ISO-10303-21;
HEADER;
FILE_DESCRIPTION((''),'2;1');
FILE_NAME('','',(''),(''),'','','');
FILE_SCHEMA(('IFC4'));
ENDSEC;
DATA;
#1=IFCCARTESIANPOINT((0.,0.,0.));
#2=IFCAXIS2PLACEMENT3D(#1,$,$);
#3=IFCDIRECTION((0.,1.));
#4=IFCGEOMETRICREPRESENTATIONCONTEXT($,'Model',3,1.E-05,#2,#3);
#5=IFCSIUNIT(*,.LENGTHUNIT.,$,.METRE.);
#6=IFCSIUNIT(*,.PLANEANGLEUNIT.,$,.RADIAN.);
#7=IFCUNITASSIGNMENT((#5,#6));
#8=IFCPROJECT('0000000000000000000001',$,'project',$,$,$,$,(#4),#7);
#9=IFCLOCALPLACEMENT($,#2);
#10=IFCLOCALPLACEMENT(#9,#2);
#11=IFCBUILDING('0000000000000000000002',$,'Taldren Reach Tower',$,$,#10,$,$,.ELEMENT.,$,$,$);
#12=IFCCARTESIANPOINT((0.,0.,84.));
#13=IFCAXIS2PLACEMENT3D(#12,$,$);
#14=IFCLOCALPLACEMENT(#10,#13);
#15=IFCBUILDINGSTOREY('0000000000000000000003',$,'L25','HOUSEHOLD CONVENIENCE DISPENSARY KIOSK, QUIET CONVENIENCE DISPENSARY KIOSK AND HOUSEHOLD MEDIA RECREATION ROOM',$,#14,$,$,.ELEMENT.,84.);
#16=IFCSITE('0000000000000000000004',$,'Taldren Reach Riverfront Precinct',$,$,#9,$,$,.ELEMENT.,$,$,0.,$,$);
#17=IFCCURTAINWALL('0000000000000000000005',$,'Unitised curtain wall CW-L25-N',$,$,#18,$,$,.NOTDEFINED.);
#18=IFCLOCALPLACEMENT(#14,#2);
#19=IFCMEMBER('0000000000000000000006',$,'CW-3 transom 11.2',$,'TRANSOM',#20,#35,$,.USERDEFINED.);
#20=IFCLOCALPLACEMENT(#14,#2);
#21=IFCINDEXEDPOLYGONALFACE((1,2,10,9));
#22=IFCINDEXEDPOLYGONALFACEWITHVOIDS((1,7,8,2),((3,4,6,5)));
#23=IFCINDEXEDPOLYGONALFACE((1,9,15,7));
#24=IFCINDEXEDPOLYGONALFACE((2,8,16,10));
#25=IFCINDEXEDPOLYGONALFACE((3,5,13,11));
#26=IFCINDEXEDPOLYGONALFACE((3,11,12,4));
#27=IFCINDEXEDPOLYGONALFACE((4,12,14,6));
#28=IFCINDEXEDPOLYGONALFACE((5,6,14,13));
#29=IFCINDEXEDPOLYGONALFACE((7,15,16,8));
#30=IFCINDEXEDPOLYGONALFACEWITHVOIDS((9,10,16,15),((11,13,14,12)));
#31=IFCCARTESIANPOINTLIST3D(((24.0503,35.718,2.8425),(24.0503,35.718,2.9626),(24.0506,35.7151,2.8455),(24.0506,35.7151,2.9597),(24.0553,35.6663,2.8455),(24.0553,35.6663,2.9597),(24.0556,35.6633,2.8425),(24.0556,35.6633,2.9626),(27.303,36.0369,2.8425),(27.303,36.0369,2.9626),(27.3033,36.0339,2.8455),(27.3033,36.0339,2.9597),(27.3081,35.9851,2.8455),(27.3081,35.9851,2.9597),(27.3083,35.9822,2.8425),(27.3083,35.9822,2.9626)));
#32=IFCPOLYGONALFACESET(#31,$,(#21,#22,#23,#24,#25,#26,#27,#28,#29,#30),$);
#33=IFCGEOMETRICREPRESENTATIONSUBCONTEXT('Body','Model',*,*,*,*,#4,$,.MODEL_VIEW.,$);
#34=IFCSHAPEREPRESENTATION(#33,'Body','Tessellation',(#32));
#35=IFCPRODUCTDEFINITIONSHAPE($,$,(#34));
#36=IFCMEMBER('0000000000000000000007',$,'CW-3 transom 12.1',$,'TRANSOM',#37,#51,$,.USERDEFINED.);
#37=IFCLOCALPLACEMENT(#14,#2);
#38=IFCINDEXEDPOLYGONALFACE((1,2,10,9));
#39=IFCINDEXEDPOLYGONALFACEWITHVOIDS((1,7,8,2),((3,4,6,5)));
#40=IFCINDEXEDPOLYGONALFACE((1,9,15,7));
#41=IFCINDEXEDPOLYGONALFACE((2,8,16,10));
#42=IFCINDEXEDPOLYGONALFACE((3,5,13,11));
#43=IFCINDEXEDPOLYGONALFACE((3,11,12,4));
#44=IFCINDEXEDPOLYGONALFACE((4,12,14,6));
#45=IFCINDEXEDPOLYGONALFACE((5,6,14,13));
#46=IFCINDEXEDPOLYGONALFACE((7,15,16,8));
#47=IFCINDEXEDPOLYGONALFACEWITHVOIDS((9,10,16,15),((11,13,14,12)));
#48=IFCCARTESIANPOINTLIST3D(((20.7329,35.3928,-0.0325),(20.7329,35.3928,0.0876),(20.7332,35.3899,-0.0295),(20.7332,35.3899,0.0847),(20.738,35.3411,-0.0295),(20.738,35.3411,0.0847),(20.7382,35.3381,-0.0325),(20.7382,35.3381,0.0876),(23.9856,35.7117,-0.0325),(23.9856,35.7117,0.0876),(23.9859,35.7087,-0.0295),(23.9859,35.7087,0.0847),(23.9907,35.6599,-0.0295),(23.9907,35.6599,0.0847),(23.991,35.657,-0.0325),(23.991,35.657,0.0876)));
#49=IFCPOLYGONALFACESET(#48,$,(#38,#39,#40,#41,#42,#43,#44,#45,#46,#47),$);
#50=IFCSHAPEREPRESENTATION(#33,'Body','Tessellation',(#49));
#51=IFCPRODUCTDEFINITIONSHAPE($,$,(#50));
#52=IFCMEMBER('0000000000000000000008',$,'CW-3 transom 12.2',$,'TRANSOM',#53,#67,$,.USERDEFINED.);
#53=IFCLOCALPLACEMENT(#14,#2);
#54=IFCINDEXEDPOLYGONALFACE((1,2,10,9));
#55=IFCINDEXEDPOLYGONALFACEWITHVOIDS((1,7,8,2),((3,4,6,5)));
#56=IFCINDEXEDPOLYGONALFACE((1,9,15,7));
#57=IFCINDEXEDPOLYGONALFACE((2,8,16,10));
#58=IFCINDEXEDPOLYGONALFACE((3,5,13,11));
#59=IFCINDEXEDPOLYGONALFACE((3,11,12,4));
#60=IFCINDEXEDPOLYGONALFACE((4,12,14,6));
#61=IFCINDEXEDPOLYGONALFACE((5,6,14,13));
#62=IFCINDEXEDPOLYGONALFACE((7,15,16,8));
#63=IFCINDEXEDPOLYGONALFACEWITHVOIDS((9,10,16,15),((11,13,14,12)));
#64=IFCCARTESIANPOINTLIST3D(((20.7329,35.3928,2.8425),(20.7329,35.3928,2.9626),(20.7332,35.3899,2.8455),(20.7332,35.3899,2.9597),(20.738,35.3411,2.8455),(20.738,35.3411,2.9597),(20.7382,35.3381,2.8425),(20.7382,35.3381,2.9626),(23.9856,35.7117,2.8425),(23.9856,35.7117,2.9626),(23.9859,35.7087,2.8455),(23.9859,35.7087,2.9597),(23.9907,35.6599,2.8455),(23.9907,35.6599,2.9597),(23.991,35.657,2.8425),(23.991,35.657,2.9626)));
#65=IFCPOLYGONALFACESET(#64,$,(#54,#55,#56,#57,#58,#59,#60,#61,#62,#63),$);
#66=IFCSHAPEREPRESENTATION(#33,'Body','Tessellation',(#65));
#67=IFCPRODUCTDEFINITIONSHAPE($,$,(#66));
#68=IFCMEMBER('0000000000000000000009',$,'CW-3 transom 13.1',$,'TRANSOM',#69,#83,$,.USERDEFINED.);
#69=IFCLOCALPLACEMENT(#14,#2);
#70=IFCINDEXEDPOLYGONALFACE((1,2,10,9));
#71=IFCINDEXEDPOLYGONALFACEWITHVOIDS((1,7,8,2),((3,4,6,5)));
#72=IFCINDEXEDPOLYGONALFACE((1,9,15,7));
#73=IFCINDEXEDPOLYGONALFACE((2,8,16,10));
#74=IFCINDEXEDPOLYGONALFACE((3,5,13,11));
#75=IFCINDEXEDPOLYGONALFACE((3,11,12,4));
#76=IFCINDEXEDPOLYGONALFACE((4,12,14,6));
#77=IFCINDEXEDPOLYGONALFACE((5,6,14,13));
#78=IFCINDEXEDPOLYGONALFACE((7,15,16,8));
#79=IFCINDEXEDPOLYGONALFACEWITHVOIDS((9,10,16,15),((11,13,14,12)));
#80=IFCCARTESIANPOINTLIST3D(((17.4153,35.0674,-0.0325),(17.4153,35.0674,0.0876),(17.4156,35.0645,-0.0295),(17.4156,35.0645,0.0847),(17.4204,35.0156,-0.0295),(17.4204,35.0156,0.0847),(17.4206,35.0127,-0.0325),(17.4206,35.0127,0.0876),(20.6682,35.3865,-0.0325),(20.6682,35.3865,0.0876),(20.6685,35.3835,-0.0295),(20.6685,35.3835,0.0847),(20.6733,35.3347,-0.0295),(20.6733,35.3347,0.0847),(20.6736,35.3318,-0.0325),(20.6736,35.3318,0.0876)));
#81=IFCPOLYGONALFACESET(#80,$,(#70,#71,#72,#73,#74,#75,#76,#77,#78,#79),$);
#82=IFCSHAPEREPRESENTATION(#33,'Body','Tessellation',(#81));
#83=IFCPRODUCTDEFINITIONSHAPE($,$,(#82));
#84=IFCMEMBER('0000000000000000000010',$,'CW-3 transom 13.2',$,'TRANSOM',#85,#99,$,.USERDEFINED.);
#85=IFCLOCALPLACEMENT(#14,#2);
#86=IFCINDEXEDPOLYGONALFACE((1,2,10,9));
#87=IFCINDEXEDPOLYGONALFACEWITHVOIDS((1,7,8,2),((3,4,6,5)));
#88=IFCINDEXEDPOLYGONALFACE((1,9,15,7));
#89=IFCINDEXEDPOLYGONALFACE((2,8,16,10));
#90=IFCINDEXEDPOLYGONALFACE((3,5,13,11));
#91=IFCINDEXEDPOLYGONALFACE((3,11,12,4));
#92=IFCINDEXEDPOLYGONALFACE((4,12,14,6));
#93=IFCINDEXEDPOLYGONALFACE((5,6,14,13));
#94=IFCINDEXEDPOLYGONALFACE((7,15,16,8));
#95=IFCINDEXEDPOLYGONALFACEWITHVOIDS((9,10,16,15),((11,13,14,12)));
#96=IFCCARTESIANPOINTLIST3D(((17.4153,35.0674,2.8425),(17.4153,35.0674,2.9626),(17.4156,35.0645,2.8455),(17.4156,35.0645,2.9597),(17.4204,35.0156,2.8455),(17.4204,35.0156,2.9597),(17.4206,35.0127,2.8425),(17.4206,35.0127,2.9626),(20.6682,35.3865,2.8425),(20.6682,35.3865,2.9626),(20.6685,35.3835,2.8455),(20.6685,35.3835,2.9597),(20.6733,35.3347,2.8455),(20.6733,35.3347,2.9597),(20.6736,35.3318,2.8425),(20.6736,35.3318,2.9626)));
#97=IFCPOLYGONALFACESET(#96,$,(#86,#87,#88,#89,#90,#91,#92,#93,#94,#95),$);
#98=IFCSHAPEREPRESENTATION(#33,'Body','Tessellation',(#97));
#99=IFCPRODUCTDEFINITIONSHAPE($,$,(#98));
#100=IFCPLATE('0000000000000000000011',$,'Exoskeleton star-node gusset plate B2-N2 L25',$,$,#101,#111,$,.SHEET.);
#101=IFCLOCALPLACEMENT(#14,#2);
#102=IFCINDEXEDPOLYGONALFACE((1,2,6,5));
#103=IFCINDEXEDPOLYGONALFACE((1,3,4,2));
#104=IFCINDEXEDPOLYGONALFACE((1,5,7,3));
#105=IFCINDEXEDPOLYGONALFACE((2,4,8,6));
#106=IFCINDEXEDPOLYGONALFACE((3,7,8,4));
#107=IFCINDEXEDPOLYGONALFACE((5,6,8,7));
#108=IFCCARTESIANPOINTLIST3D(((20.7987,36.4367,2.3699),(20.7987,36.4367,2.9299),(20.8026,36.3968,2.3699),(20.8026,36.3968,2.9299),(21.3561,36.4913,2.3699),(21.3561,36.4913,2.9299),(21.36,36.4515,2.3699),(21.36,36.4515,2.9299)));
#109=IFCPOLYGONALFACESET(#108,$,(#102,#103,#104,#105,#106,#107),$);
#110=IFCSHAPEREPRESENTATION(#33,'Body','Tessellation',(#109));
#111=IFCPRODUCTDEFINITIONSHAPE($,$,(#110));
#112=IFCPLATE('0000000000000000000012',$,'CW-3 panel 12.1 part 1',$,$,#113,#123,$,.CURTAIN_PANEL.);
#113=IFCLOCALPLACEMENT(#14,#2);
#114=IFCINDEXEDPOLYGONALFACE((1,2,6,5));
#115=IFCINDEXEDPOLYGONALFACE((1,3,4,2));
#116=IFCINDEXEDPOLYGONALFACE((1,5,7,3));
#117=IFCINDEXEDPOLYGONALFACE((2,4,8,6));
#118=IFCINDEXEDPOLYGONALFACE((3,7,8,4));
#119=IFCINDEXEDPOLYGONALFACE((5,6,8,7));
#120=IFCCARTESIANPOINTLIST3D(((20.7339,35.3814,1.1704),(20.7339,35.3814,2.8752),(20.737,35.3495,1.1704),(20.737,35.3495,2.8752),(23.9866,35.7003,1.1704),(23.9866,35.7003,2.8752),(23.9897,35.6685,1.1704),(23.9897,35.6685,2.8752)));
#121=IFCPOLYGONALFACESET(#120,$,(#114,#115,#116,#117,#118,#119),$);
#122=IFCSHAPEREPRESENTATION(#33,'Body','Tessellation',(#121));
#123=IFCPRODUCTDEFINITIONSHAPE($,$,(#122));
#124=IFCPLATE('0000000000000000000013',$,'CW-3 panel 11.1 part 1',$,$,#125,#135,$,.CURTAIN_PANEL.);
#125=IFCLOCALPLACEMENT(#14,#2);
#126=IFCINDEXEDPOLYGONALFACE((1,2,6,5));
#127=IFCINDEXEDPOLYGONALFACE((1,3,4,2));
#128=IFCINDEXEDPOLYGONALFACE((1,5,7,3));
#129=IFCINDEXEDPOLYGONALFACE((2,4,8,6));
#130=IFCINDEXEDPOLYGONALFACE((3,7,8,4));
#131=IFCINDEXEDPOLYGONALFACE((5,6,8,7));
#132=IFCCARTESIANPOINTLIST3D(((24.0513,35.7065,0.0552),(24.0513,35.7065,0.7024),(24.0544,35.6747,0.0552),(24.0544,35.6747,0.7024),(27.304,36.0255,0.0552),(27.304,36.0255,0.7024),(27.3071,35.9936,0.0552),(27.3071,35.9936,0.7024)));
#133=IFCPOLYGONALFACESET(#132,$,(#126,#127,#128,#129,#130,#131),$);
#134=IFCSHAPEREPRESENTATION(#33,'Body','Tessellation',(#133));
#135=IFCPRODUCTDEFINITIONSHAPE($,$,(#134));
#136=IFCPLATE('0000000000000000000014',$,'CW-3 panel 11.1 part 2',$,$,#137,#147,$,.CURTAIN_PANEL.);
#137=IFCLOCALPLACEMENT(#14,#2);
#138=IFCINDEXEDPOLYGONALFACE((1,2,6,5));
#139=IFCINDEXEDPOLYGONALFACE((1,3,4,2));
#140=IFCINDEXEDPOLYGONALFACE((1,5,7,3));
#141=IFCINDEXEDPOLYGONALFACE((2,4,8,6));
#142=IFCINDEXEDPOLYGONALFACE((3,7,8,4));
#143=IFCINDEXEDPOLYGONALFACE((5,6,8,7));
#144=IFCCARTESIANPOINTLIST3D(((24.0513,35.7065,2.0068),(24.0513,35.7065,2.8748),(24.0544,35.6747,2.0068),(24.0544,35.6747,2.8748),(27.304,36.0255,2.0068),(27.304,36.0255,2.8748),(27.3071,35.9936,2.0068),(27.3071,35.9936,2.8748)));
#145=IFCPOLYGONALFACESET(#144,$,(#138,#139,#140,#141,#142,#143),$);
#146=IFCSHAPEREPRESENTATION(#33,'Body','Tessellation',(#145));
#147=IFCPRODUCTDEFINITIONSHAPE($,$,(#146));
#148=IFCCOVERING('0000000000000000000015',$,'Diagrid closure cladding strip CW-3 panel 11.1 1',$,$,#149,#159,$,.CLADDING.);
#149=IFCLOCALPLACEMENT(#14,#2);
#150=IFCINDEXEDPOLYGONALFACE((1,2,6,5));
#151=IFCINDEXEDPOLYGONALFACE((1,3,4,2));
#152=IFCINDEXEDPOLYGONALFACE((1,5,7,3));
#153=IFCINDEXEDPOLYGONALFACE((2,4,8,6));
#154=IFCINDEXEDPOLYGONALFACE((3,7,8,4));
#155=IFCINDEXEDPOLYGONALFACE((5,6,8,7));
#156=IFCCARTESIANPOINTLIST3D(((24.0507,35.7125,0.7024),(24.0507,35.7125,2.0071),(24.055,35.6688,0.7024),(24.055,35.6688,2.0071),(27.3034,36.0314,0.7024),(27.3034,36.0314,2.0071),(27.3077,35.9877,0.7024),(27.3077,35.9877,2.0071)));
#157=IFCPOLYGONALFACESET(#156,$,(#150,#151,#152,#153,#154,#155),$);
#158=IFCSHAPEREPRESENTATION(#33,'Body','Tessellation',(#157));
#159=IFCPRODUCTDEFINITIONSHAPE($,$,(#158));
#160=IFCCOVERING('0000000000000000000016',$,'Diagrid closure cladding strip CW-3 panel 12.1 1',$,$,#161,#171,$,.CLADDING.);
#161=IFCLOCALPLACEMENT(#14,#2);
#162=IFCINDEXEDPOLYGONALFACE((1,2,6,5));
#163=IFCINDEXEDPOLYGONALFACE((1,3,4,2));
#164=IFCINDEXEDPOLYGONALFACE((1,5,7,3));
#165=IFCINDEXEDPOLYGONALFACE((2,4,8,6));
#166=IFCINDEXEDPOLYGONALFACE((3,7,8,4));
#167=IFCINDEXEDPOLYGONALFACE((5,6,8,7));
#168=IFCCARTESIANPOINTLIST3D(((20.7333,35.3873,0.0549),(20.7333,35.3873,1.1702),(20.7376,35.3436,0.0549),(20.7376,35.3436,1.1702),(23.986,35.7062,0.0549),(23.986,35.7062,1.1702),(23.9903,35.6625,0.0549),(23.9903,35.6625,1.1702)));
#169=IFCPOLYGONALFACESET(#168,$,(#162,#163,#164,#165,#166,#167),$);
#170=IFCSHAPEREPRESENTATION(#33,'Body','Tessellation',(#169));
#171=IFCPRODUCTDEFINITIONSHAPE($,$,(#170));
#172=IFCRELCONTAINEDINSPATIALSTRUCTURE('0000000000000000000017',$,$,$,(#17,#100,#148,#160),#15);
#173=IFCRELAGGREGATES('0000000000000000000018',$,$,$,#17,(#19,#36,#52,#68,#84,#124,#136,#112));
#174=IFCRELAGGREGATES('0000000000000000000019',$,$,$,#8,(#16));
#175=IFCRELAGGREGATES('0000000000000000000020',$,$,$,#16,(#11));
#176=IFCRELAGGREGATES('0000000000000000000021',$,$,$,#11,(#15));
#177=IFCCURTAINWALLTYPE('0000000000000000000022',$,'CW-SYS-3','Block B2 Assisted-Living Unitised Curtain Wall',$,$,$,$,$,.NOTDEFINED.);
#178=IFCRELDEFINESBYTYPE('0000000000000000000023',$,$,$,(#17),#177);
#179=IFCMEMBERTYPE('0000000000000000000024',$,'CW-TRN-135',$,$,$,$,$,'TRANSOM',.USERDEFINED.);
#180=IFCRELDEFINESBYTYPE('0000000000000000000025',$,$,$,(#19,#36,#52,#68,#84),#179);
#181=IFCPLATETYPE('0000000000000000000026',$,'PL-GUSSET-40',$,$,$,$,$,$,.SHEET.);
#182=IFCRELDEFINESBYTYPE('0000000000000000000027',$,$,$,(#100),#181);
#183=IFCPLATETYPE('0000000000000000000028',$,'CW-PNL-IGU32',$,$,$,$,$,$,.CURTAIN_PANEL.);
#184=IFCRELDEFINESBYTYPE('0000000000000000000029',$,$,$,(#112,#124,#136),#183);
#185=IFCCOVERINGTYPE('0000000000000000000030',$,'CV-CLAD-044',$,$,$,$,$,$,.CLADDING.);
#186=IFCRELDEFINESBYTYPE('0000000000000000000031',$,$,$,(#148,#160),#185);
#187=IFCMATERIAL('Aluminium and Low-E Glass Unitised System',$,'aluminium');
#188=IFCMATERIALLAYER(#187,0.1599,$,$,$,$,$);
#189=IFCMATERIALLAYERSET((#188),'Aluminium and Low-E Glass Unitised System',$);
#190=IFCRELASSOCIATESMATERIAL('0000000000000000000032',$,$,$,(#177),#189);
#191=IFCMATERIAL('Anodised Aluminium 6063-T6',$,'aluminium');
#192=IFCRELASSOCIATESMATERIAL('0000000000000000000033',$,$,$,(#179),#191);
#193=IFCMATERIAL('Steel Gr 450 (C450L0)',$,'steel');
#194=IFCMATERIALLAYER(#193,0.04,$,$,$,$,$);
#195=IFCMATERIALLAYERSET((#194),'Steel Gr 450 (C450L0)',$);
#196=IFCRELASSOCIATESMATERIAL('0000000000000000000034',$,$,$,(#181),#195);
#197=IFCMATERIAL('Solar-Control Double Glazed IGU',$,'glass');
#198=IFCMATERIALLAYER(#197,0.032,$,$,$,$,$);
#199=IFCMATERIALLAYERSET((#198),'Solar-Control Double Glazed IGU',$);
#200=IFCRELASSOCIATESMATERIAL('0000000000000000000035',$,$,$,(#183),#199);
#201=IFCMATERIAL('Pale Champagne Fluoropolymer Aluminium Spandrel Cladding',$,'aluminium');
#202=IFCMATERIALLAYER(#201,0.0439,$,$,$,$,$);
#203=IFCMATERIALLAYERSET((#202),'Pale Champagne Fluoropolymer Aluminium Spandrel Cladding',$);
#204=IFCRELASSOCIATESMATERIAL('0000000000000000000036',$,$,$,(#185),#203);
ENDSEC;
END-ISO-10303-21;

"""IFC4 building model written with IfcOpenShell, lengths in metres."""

from ifc_helpers import new_model, si_unit, direction, frame, origin, origin_2d, place, context, subcontext, project, spatial, rectangle, hollow_rectangle, extrude, source, transform, mapped, material, layer, layer_set, material_profile, profile_set, type_object, element, aggregate, save


model = new_model("IFC4")

# Units and contexts
model_context = context("Model", 3, precision=1e-05, world=origin(), true_north=direction((0.0, 1.0)))
body_context = subcontext(model_context, "Body", "Model", "MODEL_VIEW")
ifc_project = project(units=[si_unit("LENGTHUNIT", "METRE"), si_unit("PLANEANGLEUNIT", "RADIAN")], contexts=[model_context])

# Site, building, storey
site_placement = place(None, origin())
site = spatial("IfcSite", under=ifc_project, at=site_placement, Name="Taldren Reach Riverfront Precinct", CompositionType="ELEMENT", RefElevation=0.0)
building_placement = place(site_placement, origin())
building = spatial("IfcBuilding", under=site, at=building_placement, Name="Taldren Reach Tower", CompositionType="ELEMENT")
storey_placement = place(building_placement, frame((0.0, 0.0, 84.0)))
storey = spatial("IfcBuildingStorey", under=building, at=storey_placement, Name="L25", Description="HOUSEHOLD CONVENIENCE DISPENSARY KIOSK, QUIET CONVENIENCE DISPENSARY KIOSK AND HOUSEHOLD MEDIA RECREATION ROOM", CompositionType="ELEMENT", Elevation=84.0)

# Shared definitions
ifc_material_1 = material(Name="Steel Gr 450 (C450L0)", Category="steel")

# Curtain wall, members
ifc_material_2 = material(Name="Aluminium and Low-E Glass Unitised System", Category="aluminium")
ifc_layer_1 = layer(ifc_material_2, 0.1599)
ifc_layer_set_1 = layer_set([ifc_layer_1], Name="Aluminium and Low-E Glass Unitised System")
curtain_wall_type = type_object("IfcCurtainWallType", Name="CW-SYS-3", Description="Block B2 Assisted-Living Unitised Curtain Wall", PredefinedType="NOTDEFINED", material=ifc_layer_set_1)
curtain_wall_placement = place(storey_placement, origin())
curtain_wall = element("IfcCurtainWall", 1, at=curtain_wall_placement, inside=storey, type_object=curtain_wall_type, Name="Unitised curtain wall CW-L25-N", PredefinedType="NOTDEFINED")
ifc_material_3 = material(Name="Anodised Aluminium 6063-T6", Category="aluminium")
ifc_material_profile_1 = material_profile(ifc_material_3, hollow_rectangle(XDim=0.0549, YDim=0.1201, WallThickness=0.0029, at=origin_2d()), Name="ALU-120x55x3RHS")
ifc_profile_set_1 = profile_set([ifc_material_profile_1], Name="Anodised Aluminium 6063-T6")
member_type_1 = type_object("IfcMemberType", Name="CW-TRN-135", ElementType="TRANSOM", PredefinedType="USERDEFINED", material=ifc_profile_set_1)
shared_shape_1 = source(origin(), body_context, "Body", "SweptSolid", [
    extrude(hollow_rectangle(XDim=0.0549, YDim=0.1201, WallThickness=0.0029, at=origin_2d()), origin(), (0.0, 0.0, 1.0), 3.2683),
])
member_1_placement = place(storey_placement, frame((27.3057, 36.0095, 2.9026), z_axis=(-0.99523, -0.097558, 0.0), x_axis=(0.097558, -0.99523, 0.0)))
member_1 = element("IfcMember", 2, at=member_1_placement, type_object=member_type_1, Name="CW-3 transom 11.2", ObjectType="TRANSOM", PredefinedType="USERDEFINED", context=body_context, shape_type="MappedRepresentation", body=[
    mapped(shared_shape_1, transform((0.0, 0.0, 0.0), scale=1.0)),
])
member_2_placement = place(storey_placement, frame((23.9883, 35.6843, 0.0276), z_axis=(-0.99523, -0.097558, 0.0), x_axis=(0.097558, -0.99523, 0.0)))
member_2 = element("IfcMember", 3, at=member_2_placement, type_object=member_type_1, Name="CW-3 transom 12.1", ObjectType="TRANSOM", PredefinedType="USERDEFINED", context=body_context, shape_type="MappedRepresentation", body=[
    mapped(shared_shape_1, transform((0.0, 0.0, 0.0), scale=1.0)),
])
member_3_placement = place(storey_placement, frame((23.9883, 35.6843, 2.9026), z_axis=(-0.99523, -0.097558, 0.0), x_axis=(0.097558, -0.99523, 0.0)))
member_3 = element("IfcMember", 4, at=member_3_placement, type_object=member_type_1, Name="CW-3 transom 12.2", ObjectType="TRANSOM", PredefinedType="USERDEFINED", context=body_context, shape_type="MappedRepresentation", body=[
    mapped(shared_shape_1, transform((0.0, 0.0, 0.0), scale=1.0)),
])
shared_shape_2 = source(origin(), body_context, "Body", "SweptSolid", [
    extrude(hollow_rectangle(XDim=0.0549, YDim=0.1201, WallThickness=0.0029, at=origin_2d()), origin(), (0.0, 0.0, 1.0), 3.2686),
])
member_4_placement = place(storey_placement, frame((20.6709, 35.3591, 0.0276), z_axis=(-0.995223, -0.097625, 0.0), x_axis=(0.097625, -0.995223, 0.0)))
member_4 = element("IfcMember", 5, at=member_4_placement, type_object=member_type_1, Name="CW-3 transom 13.1", ObjectType="TRANSOM", PredefinedType="USERDEFINED", context=body_context, shape_type="MappedRepresentation", body=[
    mapped(shared_shape_2, transform((0.0, 0.0, 0.0), scale=1.0)),
])
member_5_placement = place(storey_placement, frame((20.6709, 35.3591, 2.9026), z_axis=(-0.995223, -0.097625, 0.0), x_axis=(0.097625, -0.995223, 0.0)))
member_5 = element("IfcMember", 6, at=member_5_placement, type_object=member_type_1, Name="CW-3 transom 13.2", ObjectType="TRANSOM", PredefinedType="USERDEFINED", context=body_context, shape_type="MappedRepresentation", body=[
    mapped(shared_shape_2, transform((0.0, 0.0, 0.0), scale=1.0)),
])

# Plates
ifc_layer_2 = layer(ifc_material_1, 0.04)
ifc_layer_set_2 = layer_set([ifc_layer_2], Name="Steel Gr 450 (C450L0)")
plate_type_1 = type_object("IfcPlateType", Name="PL-GUSSET-40", PredefinedType="SHEET", material=ifc_layer_set_2)
shared_shape_3 = source(origin(), body_context, "Body", "SweptSolid", [
    extrude(rectangle(XDim=0.5601, YDim=0.04, at=origin_2d()), origin(), (0.0, 0.0, 1.0), 0.5601),
])
plate_1_placement = place(storey_placement, frame((21.0793, 36.4441, 2.3699), z_axis=(0.0, 0.0, 1.0), x_axis=(0.995227, 0.097583, 0.0)))
element("IfcPlate", 7, at=plate_1_placement, inside=storey, type_object=plate_type_1, Name="Exoskeleton star-node gusset plate B2-N2 L25", PredefinedType="SHEET", context=body_context, shape_type="MappedRepresentation", body=[
    mapped(shared_shape_3, transform((0.0, 0.0, 0.0), scale=1.0)),
])
ifc_material_4 = material(Name="Solar-Control Double Glazed IGU", Category="glass")
ifc_layer_3 = layer(ifc_material_4, 0.032)
ifc_layer_set_3 = layer_set([ifc_layer_3], Name="Solar-Control Double Glazed IGU")
plate_type_2 = type_object("IfcPlateType", Name="CW-PNL-IGU32", PredefinedType="CURTAIN_PANEL", material=ifc_layer_set_3)
shared_shape_4 = source(origin(), body_context, "Body", "SweptSolid", [
    extrude(rectangle(XDim=3.2683, YDim=0.032, at=origin_2d()), origin(), (0.0, 0.0, 1.0), 1.7048),
])
plate_2_placement = place(storey_placement, frame((22.3618, 35.5249, 1.1704), z_axis=(0.0, 0.0, 1.0), x_axis=(-0.995227, -0.097583, 0.0)))
plate_2 = element("IfcPlate", 8, at=plate_2_placement, type_object=plate_type_2, Name="CW-3 panel 12.1 part 1", PredefinedType="CURTAIN_PANEL", context=body_context, shape_type="MappedRepresentation", body=[
    mapped(shared_shape_4, transform((0.0, 0.0, 0.0), scale=1.0)),
])
shared_shape_5 = source(origin(), body_context, "Body", "SweptSolid", [
    extrude(rectangle(XDim=3.2683, YDim=0.032, at=origin_2d()), origin(), (0.0, 0.0, 1.0), 0.6472),
])
plate_3_placement = place(storey_placement, frame((25.6792, 35.8501, 0.0552), z_axis=(0.0, 0.0, 1.0), x_axis=(-0.995227, -0.097583, 0.0)))
plate_3 = element("IfcPlate", 9, at=plate_3_placement, type_object=plate_type_2, Name="CW-3 panel 11.1 part 1", PredefinedType="CURTAIN_PANEL", context=body_context, shape_type="MappedRepresentation", body=[
    mapped(shared_shape_5, transform((0.0, 0.0, 0.0), scale=1.0)),
])
shared_shape_6 = source(origin(), body_context, "Body", "SweptSolid", [
    extrude(rectangle(XDim=3.2683, YDim=0.032, at=origin_2d()), origin(), (0.0, 0.0, 1.0), 0.8679),
])
plate_4_placement = place(storey_placement, frame((25.6792, 35.8501, 2.0068), z_axis=(0.0, 0.0, 1.0), x_axis=(-0.995227, -0.097583, 0.0)))
plate_4 = element("IfcPlate", 10, at=plate_4_placement, type_object=plate_type_2, Name="CW-3 panel 11.1 part 2", PredefinedType="CURTAIN_PANEL", context=body_context, shape_type="MappedRepresentation", body=[
    mapped(shared_shape_6, transform((0.0, 0.0, 0.0), scale=1.0)),
])
aggregate(curtain_wall, [member_1, member_2, member_3, member_4, member_5, plate_3, plate_4, plate_2])

# Coverings
ifc_material_5 = material(Name="Pale Champagne Fluoropolymer Aluminium Spandrel Cladding", Category="aluminium")
ifc_layer_4 = layer(ifc_material_5, 0.0439)
ifc_layer_set_4 = layer_set([ifc_layer_4], Name="Pale Champagne Fluoropolymer Aluminium Spandrel Cladding")
covering_type = type_object("IfcCoveringType", Name="CV-CLAD-044", PredefinedType="CLADDING", material=ifc_layer_set_4)
shared_shape_7 = source(origin(), body_context, "Body", "SweptSolid", [
    extrude(rectangle(XDim=3.2683, YDim=0.0439, at=origin_2d()), origin(), (0.0, 0.0, 1.0), 1.3047),
])
covering_1_placement = place(storey_placement, frame((25.6792, 35.8501, 0.7024), z_axis=(0.0, 0.0, 1.0), x_axis=(-0.995227, -0.097583, 0.0)))
element("IfcCovering", 11, at=covering_1_placement, inside=storey, type_object=covering_type, Name="Diagrid closure cladding strip CW-3 panel 11.1 1", PredefinedType="CLADDING", context=body_context, shape_type="MappedRepresentation", body=[
    mapped(shared_shape_7, transform((0.0, 0.0, 0.0), scale=1.0)),
])
shared_shape_8 = source(origin(), body_context, "Body", "SweptSolid", [
    extrude(rectangle(XDim=3.2683, YDim=0.0439, at=origin_2d()), origin(), (0.0, 0.0, 1.0), 1.1152),
])
covering_2_placement = place(storey_placement, frame((22.3618, 35.5249, 0.0549), z_axis=(0.0, 0.0, 1.0), x_axis=(-0.995227, -0.097583, 0.0)))
element("IfcCovering", 12, at=covering_2_placement, inside=storey, type_object=covering_type, Name="Diagrid closure cladding strip CW-3 panel 12.1 1", PredefinedType="CLADDING", context=body_context, shape_type="MappedRepresentation", body=[
    mapped(shared_shape_8, transform((0.0, 0.0, 0.0), scale=1.0)),
])

save(model, "model.ifc")
